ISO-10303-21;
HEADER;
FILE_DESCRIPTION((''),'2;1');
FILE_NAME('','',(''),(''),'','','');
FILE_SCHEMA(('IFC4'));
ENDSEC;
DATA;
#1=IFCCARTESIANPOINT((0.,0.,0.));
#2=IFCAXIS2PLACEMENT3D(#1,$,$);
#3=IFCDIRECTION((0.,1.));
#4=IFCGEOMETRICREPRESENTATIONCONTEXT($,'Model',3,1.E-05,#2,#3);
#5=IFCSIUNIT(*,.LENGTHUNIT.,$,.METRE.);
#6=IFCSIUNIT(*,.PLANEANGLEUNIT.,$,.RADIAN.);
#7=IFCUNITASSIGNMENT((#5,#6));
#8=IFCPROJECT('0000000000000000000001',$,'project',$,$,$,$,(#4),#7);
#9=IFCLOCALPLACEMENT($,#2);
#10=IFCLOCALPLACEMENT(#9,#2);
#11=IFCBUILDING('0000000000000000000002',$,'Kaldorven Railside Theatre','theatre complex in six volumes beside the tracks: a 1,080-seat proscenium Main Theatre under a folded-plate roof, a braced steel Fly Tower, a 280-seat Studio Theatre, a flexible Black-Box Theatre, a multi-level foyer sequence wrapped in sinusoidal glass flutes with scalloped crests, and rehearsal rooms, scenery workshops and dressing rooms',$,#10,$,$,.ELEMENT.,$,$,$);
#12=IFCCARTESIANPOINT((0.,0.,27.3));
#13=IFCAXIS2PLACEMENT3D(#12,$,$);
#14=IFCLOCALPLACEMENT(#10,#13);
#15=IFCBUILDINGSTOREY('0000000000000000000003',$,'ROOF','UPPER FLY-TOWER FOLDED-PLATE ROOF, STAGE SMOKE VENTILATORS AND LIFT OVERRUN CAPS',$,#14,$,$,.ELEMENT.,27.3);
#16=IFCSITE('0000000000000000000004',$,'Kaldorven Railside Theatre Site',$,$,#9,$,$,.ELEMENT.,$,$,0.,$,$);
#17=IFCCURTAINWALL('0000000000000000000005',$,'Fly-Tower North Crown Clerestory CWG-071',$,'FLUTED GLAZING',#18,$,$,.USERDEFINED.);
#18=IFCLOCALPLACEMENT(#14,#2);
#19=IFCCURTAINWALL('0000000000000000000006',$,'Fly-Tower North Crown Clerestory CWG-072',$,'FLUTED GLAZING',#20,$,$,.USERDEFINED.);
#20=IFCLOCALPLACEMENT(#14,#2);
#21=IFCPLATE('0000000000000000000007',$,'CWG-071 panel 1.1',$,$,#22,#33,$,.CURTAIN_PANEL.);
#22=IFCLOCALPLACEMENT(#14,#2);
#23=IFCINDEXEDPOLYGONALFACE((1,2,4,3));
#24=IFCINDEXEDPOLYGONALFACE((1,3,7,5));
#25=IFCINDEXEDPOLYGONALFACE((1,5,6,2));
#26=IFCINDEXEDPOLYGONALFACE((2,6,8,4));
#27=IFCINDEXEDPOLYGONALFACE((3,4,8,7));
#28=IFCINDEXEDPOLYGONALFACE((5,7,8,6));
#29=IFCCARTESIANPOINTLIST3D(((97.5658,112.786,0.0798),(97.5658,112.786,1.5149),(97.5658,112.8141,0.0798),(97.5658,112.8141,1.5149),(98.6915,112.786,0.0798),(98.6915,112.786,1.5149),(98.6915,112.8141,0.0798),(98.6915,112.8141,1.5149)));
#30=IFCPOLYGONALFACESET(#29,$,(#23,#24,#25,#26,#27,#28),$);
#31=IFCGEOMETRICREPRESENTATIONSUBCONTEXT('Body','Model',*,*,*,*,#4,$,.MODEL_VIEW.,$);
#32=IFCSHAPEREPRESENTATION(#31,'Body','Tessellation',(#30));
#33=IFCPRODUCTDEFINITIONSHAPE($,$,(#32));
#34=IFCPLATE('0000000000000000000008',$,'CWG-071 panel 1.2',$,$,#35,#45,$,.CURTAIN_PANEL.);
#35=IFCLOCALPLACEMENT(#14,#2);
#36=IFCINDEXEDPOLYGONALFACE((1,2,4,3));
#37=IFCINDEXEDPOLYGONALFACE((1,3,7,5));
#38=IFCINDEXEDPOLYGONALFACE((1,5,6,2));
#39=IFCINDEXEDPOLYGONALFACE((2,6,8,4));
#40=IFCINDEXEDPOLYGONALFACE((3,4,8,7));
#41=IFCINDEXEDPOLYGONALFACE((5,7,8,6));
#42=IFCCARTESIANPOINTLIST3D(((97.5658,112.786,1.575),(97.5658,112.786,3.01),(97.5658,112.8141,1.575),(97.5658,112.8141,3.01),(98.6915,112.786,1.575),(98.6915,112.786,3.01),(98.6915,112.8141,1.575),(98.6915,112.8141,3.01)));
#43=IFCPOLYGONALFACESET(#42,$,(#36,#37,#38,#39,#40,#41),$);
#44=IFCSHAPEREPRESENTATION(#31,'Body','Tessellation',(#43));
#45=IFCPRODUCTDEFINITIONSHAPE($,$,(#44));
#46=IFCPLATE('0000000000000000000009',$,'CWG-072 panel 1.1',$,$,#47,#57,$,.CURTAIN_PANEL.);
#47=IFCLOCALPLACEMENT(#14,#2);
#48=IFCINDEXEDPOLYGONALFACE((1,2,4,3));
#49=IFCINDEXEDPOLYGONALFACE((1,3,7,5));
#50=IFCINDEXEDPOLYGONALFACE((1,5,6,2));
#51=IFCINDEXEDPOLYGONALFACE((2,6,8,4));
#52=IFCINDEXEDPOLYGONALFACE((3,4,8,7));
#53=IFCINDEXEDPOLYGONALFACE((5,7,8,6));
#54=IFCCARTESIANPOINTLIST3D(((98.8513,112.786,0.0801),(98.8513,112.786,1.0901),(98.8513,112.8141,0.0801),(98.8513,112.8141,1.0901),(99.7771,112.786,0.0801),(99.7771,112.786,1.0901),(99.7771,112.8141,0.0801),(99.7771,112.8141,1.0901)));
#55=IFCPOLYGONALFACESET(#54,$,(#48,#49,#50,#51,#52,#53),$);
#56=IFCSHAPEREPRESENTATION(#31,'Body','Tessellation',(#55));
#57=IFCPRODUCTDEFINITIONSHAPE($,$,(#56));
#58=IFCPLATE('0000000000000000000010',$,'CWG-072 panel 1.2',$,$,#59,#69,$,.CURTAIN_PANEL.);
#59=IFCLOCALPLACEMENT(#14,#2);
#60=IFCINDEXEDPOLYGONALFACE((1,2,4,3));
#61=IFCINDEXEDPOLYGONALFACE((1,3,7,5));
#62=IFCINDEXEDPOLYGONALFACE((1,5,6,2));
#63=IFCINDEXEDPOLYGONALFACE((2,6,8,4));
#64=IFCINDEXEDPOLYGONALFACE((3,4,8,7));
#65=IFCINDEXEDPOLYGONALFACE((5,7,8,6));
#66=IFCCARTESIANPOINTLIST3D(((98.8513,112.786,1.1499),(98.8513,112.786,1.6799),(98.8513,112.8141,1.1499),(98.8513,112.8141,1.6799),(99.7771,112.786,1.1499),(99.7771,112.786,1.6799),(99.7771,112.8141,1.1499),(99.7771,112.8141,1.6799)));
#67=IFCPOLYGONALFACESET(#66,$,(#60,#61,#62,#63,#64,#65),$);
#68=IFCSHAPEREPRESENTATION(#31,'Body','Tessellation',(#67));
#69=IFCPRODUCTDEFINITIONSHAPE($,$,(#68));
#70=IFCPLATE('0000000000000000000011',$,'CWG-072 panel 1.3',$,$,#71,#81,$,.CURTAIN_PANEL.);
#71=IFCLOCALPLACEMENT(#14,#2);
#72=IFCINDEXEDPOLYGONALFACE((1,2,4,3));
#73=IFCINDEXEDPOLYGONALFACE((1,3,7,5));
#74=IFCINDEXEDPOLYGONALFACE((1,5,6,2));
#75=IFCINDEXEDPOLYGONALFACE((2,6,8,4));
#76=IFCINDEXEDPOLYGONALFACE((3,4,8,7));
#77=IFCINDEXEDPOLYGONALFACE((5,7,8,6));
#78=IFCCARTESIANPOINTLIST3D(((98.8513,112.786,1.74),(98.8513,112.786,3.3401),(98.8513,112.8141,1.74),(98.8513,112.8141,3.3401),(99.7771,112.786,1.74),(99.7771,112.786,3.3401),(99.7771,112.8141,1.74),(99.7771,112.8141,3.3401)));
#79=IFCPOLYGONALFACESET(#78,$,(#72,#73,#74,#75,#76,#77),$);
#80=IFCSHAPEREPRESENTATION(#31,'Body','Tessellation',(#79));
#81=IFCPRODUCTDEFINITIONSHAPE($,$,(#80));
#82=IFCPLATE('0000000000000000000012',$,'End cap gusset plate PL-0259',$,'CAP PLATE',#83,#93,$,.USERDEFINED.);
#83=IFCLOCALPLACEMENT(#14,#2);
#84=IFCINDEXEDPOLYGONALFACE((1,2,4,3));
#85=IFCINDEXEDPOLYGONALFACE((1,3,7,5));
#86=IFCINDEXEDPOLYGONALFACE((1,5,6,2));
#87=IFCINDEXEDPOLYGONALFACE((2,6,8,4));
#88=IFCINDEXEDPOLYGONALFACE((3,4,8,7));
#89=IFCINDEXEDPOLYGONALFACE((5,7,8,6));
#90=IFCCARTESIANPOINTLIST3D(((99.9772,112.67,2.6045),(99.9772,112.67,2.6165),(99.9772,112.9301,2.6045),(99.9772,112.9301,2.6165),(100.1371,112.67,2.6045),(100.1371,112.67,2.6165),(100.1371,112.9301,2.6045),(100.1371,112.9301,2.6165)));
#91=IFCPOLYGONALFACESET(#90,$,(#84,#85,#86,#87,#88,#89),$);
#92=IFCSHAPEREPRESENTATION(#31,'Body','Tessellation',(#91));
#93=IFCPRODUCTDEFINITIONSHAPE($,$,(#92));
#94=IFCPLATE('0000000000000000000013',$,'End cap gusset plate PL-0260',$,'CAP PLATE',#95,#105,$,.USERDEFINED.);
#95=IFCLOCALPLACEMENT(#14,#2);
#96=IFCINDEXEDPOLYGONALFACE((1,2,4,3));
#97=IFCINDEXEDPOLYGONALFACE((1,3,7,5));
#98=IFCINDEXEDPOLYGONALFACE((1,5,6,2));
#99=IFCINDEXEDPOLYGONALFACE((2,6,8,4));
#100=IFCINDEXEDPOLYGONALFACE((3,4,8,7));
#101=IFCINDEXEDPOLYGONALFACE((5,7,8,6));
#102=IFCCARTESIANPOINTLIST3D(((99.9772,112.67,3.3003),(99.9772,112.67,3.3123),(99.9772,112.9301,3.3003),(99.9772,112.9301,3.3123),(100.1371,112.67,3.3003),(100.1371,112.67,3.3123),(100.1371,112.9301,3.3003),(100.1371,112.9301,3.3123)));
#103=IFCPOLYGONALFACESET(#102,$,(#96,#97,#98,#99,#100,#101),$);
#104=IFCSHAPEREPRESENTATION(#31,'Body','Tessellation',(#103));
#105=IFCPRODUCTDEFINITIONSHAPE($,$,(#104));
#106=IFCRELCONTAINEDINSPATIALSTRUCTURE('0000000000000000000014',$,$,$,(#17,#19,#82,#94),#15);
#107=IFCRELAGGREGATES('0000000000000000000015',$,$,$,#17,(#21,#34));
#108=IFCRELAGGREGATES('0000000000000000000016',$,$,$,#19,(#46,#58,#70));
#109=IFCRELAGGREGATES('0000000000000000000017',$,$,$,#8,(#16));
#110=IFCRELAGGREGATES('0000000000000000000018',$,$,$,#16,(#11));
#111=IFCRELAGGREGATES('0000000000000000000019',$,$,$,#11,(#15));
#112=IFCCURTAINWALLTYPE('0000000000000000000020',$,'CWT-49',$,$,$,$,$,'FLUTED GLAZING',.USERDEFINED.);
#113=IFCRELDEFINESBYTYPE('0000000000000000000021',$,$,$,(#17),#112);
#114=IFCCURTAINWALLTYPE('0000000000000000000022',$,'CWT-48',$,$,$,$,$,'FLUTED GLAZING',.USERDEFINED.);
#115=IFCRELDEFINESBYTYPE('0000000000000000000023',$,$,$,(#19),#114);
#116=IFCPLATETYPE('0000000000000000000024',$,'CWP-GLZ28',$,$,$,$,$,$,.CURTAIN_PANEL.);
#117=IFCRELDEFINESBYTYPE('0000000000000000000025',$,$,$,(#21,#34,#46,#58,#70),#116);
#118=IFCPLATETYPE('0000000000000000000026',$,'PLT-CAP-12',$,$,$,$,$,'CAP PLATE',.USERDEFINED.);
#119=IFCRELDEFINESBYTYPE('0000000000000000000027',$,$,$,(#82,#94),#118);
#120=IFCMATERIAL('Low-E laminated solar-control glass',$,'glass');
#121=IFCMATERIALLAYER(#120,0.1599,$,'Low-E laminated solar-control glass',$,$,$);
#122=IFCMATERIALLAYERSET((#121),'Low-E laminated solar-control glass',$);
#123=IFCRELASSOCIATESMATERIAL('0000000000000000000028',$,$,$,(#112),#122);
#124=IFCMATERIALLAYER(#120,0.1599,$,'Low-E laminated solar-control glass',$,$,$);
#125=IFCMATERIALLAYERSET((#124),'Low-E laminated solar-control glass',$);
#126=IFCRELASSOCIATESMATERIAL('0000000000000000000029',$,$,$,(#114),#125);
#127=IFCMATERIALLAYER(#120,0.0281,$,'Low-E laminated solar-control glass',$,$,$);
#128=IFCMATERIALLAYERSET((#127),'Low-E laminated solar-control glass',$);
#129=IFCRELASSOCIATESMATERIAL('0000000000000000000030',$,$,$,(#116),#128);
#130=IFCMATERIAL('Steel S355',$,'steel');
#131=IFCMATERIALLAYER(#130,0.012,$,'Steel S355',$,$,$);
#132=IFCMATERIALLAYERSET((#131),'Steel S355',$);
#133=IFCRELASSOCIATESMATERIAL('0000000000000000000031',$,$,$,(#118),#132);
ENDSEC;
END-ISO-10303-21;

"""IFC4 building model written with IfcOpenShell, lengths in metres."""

from ifc_helpers import new_model, si_unit, direction, frame, origin, origin_2d, place, context, subcontext, project, spatial, rectangle, extrude, material, layer, layer_set, type_object, element, aggregate, save


model = new_model("IFC4")

# Units and contexts
model_context = context("Model", 3, precision=1e-05, world=origin(), true_north=direction((0.0, 1.0)))
body_context = subcontext(model_context, "Body", "Model", "MODEL_VIEW")
ifc_project = project(units=[si_unit("LENGTHUNIT", "METRE"), si_unit("PLANEANGLEUNIT", "RADIAN")], contexts=[model_context])

# Site, building, storey
site_placement = place(None, origin())
site = spatial("IfcSite", under=ifc_project, at=site_placement, Name="Kaldorven Railside Theatre Site", CompositionType="ELEMENT", RefElevation=0.0)
building_placement = place(site_placement, origin())
building = spatial("IfcBuilding", under=site, at=building_placement, Name="Kaldorven Railside Theatre", Description="theatre complex in six volumes beside the tracks: a 1,080-seat proscenium Main Theatre under a folded-plate roof, a braced steel Fly Tower, a 280-seat Studio Theatre, a flexible Black-Box Theatre, a multi-level foyer sequence wrapped in sinusoidal glass flutes with scalloped crests, and rehearsal rooms, scenery workshops and dressing rooms", CompositionType="ELEMENT")
storey_placement = place(building_placement, frame((0.0, 0.0, 27.3)))
storey = spatial("IfcBuildingStorey", under=building, at=storey_placement, Name="ROOF", Description="UPPER FLY-TOWER FOLDED-PLATE ROOF, STAGE SMOKE VENTILATORS AND LIFT OVERRUN CAPS", CompositionType="ELEMENT", Elevation=27.3)

# Shared definitions
ifc_material_1 = material(Name="Low-E laminated solar-control glass", Category="glass")
ifc_layer_1 = layer(ifc_material_1, 0.1599, Name="Low-E laminated solar-control glass")
ifc_layer_set_1 = layer_set([ifc_layer_1], Name="Low-E laminated solar-control glass")
curtain_wall_type_1 = type_object("IfcCurtainWallType", Name="CWT-49", ElementType="FLUTED GLAZING", PredefinedType="USERDEFINED", material=ifc_layer_set_1)

# Curtain walls
curtain_wall_1_placement = place(storey_placement, origin())
curtain_wall_1 = element("IfcCurtainWall", 1, at=curtain_wall_1_placement, inside=storey, type_object=curtain_wall_type_1, Name="Fly-Tower North Crown Clerestory CWG-071", ObjectType="FLUTED GLAZING", PredefinedType="USERDEFINED")
ifc_layer_2 = layer(ifc_material_1, 0.1599, Name="Low-E laminated solar-control glass")
ifc_layer_set_2 = layer_set([ifc_layer_2], Name="Low-E laminated solar-control glass")
curtain_wall_type_2 = type_object("IfcCurtainWallType", Name="CWT-48", ElementType="FLUTED GLAZING", PredefinedType="USERDEFINED", material=ifc_layer_set_2)
curtain_wall_2_placement = place(storey_placement, origin())
curtain_wall_2 = element("IfcCurtainWall", 2, at=curtain_wall_2_placement, inside=storey, type_object=curtain_wall_type_2, Name="Fly-Tower North Crown Clerestory CWG-072", ObjectType="FLUTED GLAZING", PredefinedType="USERDEFINED")

# Shared definitions
ifc_material_2 = material(Name="Steel S355", Category="steel")

# Plates
ifc_layer_3 = layer(ifc_material_1, 0.0281, Name="Low-E laminated solar-control glass")
ifc_layer_set_3 = layer_set([ifc_layer_3], Name="Low-E laminated solar-control glass")
plate_type_1 = type_object("IfcPlateType", Name="CWP-GLZ28", PredefinedType="CURTAIN_PANEL", material=ifc_layer_set_3)
plate_1_placement = place(storey_placement, frame((98.1287, 112.8, 0.0798), z_axis=(0.0, 0.0, 1.0), x_axis=(1.0, 0.0, 0.0)))
plate_1 = element("IfcPlate", 3, at=plate_1_placement, type_object=plate_type_1, Name="CWG-071 panel 1.1", PredefinedType="CURTAIN_PANEL", context=body_context, shape_type="SweptSolid", body=[
    extrude(rectangle(XDim=1.1257, YDim=0.0281, at=origin_2d()), origin(), (0.0, 0.0, 1.0), 1.4351),
])
plate_2_placement = place(storey_placement, frame((98.1287, 112.8, 1.575), z_axis=(0.0, 0.0, 1.0), x_axis=(1.0, 0.0, 0.0)))
plate_2 = element("IfcPlate", 4, at=plate_2_placement, type_object=plate_type_1, Name="CWG-071 panel 1.2", PredefinedType="CURTAIN_PANEL", context=body_context, shape_type="SweptSolid", body=[
    extrude(rectangle(XDim=1.1257, YDim=0.0281, at=origin_2d()), origin(), (0.0, 0.0, 1.0), 1.4351),
])
aggregate(curtain_wall_1, [plate_1, plate_2])
plate_3_placement = place(storey_placement, frame((99.3142, 112.8, 0.0801), z_axis=(0.0, 0.0, 1.0), x_axis=(1.0, 0.0, 0.0)))
plate_3 = element("IfcPlate", 5, at=plate_3_placement, type_object=plate_type_1, Name="CWG-072 panel 1.1", PredefinedType="CURTAIN_PANEL", context=body_context, shape_type="SweptSolid", body=[
    extrude(rectangle(XDim=0.9258, YDim=0.0281, at=origin_2d()), origin(), (0.0, 0.0, 1.0), 1.01),
])
plate_4_placement = place(storey_placement, frame((99.3142, 112.8, 1.1499), z_axis=(0.0, 0.0, 1.0), x_axis=(1.0, 0.0, 0.0)))
plate_4 = element("IfcPlate", 6, at=plate_4_placement, type_object=plate_type_1, Name="CWG-072 panel 1.2", PredefinedType="CURTAIN_PANEL", context=body_context, shape_type="SweptSolid", body=[
    extrude(rectangle(XDim=0.9258, YDim=0.0281, at=origin_2d()), origin(), (0.0, 0.0, 1.0), 0.53),
])
plate_5_placement = place(storey_placement, frame((99.3142, 112.8, 1.74), z_axis=(0.0, 0.0, 1.0), x_axis=(1.0, 0.0, 0.0)))
plate_5 = element("IfcPlate", 7, at=plate_5_placement, type_object=plate_type_1, Name="CWG-072 panel 1.3", PredefinedType="CURTAIN_PANEL", context=body_context, shape_type="SweptSolid", body=[
    extrude(rectangle(XDim=0.9258, YDim=0.0281, at=origin_2d()), origin(), (0.0, 0.0, 1.0), 1.6001),
])
aggregate(curtain_wall_2, [plate_3, plate_4, plate_5])

# Plates
ifc_layer_4 = layer(ifc_material_2, 0.012, Name="Steel S355")
ifc_layer_set_4 = layer_set([ifc_layer_4], Name="Steel S355")
plate_type_2 = type_object("IfcPlateType", Name="PLT-CAP-12", ElementType="CAP PLATE", PredefinedType="USERDEFINED", material=ifc_layer_set_4)
for number, where, z_axis, x_axis, name in (
    (8, (100.0571, 112.8, 2.6045), (0.0, 0.0, 1.0), (1.0, 0.0, 0.0), "End cap gusset plate PL-0259"),
    (9, (100.0571, 112.8, 3.3003), (0.0, 0.0, 1.0), (1.0, 0.0, 0.0), "End cap gusset plate PL-0260"),
):
    element("IfcPlate", number, at=place(storey_placement, frame(where, z_axis=z_axis, x_axis=x_axis)), inside=storey, type_object=plate_type_2, Name=name, ObjectType="CAP PLATE", PredefinedType="USERDEFINED", context=body_context, shape_type="SweptSolid", body=[
        extrude(rectangle(XDim=0.1599, YDim=0.26, at=origin_2d()), origin(), (0.0, 0.0, 1.0), 0.012),
    ])

save(model, "model.ifc")
